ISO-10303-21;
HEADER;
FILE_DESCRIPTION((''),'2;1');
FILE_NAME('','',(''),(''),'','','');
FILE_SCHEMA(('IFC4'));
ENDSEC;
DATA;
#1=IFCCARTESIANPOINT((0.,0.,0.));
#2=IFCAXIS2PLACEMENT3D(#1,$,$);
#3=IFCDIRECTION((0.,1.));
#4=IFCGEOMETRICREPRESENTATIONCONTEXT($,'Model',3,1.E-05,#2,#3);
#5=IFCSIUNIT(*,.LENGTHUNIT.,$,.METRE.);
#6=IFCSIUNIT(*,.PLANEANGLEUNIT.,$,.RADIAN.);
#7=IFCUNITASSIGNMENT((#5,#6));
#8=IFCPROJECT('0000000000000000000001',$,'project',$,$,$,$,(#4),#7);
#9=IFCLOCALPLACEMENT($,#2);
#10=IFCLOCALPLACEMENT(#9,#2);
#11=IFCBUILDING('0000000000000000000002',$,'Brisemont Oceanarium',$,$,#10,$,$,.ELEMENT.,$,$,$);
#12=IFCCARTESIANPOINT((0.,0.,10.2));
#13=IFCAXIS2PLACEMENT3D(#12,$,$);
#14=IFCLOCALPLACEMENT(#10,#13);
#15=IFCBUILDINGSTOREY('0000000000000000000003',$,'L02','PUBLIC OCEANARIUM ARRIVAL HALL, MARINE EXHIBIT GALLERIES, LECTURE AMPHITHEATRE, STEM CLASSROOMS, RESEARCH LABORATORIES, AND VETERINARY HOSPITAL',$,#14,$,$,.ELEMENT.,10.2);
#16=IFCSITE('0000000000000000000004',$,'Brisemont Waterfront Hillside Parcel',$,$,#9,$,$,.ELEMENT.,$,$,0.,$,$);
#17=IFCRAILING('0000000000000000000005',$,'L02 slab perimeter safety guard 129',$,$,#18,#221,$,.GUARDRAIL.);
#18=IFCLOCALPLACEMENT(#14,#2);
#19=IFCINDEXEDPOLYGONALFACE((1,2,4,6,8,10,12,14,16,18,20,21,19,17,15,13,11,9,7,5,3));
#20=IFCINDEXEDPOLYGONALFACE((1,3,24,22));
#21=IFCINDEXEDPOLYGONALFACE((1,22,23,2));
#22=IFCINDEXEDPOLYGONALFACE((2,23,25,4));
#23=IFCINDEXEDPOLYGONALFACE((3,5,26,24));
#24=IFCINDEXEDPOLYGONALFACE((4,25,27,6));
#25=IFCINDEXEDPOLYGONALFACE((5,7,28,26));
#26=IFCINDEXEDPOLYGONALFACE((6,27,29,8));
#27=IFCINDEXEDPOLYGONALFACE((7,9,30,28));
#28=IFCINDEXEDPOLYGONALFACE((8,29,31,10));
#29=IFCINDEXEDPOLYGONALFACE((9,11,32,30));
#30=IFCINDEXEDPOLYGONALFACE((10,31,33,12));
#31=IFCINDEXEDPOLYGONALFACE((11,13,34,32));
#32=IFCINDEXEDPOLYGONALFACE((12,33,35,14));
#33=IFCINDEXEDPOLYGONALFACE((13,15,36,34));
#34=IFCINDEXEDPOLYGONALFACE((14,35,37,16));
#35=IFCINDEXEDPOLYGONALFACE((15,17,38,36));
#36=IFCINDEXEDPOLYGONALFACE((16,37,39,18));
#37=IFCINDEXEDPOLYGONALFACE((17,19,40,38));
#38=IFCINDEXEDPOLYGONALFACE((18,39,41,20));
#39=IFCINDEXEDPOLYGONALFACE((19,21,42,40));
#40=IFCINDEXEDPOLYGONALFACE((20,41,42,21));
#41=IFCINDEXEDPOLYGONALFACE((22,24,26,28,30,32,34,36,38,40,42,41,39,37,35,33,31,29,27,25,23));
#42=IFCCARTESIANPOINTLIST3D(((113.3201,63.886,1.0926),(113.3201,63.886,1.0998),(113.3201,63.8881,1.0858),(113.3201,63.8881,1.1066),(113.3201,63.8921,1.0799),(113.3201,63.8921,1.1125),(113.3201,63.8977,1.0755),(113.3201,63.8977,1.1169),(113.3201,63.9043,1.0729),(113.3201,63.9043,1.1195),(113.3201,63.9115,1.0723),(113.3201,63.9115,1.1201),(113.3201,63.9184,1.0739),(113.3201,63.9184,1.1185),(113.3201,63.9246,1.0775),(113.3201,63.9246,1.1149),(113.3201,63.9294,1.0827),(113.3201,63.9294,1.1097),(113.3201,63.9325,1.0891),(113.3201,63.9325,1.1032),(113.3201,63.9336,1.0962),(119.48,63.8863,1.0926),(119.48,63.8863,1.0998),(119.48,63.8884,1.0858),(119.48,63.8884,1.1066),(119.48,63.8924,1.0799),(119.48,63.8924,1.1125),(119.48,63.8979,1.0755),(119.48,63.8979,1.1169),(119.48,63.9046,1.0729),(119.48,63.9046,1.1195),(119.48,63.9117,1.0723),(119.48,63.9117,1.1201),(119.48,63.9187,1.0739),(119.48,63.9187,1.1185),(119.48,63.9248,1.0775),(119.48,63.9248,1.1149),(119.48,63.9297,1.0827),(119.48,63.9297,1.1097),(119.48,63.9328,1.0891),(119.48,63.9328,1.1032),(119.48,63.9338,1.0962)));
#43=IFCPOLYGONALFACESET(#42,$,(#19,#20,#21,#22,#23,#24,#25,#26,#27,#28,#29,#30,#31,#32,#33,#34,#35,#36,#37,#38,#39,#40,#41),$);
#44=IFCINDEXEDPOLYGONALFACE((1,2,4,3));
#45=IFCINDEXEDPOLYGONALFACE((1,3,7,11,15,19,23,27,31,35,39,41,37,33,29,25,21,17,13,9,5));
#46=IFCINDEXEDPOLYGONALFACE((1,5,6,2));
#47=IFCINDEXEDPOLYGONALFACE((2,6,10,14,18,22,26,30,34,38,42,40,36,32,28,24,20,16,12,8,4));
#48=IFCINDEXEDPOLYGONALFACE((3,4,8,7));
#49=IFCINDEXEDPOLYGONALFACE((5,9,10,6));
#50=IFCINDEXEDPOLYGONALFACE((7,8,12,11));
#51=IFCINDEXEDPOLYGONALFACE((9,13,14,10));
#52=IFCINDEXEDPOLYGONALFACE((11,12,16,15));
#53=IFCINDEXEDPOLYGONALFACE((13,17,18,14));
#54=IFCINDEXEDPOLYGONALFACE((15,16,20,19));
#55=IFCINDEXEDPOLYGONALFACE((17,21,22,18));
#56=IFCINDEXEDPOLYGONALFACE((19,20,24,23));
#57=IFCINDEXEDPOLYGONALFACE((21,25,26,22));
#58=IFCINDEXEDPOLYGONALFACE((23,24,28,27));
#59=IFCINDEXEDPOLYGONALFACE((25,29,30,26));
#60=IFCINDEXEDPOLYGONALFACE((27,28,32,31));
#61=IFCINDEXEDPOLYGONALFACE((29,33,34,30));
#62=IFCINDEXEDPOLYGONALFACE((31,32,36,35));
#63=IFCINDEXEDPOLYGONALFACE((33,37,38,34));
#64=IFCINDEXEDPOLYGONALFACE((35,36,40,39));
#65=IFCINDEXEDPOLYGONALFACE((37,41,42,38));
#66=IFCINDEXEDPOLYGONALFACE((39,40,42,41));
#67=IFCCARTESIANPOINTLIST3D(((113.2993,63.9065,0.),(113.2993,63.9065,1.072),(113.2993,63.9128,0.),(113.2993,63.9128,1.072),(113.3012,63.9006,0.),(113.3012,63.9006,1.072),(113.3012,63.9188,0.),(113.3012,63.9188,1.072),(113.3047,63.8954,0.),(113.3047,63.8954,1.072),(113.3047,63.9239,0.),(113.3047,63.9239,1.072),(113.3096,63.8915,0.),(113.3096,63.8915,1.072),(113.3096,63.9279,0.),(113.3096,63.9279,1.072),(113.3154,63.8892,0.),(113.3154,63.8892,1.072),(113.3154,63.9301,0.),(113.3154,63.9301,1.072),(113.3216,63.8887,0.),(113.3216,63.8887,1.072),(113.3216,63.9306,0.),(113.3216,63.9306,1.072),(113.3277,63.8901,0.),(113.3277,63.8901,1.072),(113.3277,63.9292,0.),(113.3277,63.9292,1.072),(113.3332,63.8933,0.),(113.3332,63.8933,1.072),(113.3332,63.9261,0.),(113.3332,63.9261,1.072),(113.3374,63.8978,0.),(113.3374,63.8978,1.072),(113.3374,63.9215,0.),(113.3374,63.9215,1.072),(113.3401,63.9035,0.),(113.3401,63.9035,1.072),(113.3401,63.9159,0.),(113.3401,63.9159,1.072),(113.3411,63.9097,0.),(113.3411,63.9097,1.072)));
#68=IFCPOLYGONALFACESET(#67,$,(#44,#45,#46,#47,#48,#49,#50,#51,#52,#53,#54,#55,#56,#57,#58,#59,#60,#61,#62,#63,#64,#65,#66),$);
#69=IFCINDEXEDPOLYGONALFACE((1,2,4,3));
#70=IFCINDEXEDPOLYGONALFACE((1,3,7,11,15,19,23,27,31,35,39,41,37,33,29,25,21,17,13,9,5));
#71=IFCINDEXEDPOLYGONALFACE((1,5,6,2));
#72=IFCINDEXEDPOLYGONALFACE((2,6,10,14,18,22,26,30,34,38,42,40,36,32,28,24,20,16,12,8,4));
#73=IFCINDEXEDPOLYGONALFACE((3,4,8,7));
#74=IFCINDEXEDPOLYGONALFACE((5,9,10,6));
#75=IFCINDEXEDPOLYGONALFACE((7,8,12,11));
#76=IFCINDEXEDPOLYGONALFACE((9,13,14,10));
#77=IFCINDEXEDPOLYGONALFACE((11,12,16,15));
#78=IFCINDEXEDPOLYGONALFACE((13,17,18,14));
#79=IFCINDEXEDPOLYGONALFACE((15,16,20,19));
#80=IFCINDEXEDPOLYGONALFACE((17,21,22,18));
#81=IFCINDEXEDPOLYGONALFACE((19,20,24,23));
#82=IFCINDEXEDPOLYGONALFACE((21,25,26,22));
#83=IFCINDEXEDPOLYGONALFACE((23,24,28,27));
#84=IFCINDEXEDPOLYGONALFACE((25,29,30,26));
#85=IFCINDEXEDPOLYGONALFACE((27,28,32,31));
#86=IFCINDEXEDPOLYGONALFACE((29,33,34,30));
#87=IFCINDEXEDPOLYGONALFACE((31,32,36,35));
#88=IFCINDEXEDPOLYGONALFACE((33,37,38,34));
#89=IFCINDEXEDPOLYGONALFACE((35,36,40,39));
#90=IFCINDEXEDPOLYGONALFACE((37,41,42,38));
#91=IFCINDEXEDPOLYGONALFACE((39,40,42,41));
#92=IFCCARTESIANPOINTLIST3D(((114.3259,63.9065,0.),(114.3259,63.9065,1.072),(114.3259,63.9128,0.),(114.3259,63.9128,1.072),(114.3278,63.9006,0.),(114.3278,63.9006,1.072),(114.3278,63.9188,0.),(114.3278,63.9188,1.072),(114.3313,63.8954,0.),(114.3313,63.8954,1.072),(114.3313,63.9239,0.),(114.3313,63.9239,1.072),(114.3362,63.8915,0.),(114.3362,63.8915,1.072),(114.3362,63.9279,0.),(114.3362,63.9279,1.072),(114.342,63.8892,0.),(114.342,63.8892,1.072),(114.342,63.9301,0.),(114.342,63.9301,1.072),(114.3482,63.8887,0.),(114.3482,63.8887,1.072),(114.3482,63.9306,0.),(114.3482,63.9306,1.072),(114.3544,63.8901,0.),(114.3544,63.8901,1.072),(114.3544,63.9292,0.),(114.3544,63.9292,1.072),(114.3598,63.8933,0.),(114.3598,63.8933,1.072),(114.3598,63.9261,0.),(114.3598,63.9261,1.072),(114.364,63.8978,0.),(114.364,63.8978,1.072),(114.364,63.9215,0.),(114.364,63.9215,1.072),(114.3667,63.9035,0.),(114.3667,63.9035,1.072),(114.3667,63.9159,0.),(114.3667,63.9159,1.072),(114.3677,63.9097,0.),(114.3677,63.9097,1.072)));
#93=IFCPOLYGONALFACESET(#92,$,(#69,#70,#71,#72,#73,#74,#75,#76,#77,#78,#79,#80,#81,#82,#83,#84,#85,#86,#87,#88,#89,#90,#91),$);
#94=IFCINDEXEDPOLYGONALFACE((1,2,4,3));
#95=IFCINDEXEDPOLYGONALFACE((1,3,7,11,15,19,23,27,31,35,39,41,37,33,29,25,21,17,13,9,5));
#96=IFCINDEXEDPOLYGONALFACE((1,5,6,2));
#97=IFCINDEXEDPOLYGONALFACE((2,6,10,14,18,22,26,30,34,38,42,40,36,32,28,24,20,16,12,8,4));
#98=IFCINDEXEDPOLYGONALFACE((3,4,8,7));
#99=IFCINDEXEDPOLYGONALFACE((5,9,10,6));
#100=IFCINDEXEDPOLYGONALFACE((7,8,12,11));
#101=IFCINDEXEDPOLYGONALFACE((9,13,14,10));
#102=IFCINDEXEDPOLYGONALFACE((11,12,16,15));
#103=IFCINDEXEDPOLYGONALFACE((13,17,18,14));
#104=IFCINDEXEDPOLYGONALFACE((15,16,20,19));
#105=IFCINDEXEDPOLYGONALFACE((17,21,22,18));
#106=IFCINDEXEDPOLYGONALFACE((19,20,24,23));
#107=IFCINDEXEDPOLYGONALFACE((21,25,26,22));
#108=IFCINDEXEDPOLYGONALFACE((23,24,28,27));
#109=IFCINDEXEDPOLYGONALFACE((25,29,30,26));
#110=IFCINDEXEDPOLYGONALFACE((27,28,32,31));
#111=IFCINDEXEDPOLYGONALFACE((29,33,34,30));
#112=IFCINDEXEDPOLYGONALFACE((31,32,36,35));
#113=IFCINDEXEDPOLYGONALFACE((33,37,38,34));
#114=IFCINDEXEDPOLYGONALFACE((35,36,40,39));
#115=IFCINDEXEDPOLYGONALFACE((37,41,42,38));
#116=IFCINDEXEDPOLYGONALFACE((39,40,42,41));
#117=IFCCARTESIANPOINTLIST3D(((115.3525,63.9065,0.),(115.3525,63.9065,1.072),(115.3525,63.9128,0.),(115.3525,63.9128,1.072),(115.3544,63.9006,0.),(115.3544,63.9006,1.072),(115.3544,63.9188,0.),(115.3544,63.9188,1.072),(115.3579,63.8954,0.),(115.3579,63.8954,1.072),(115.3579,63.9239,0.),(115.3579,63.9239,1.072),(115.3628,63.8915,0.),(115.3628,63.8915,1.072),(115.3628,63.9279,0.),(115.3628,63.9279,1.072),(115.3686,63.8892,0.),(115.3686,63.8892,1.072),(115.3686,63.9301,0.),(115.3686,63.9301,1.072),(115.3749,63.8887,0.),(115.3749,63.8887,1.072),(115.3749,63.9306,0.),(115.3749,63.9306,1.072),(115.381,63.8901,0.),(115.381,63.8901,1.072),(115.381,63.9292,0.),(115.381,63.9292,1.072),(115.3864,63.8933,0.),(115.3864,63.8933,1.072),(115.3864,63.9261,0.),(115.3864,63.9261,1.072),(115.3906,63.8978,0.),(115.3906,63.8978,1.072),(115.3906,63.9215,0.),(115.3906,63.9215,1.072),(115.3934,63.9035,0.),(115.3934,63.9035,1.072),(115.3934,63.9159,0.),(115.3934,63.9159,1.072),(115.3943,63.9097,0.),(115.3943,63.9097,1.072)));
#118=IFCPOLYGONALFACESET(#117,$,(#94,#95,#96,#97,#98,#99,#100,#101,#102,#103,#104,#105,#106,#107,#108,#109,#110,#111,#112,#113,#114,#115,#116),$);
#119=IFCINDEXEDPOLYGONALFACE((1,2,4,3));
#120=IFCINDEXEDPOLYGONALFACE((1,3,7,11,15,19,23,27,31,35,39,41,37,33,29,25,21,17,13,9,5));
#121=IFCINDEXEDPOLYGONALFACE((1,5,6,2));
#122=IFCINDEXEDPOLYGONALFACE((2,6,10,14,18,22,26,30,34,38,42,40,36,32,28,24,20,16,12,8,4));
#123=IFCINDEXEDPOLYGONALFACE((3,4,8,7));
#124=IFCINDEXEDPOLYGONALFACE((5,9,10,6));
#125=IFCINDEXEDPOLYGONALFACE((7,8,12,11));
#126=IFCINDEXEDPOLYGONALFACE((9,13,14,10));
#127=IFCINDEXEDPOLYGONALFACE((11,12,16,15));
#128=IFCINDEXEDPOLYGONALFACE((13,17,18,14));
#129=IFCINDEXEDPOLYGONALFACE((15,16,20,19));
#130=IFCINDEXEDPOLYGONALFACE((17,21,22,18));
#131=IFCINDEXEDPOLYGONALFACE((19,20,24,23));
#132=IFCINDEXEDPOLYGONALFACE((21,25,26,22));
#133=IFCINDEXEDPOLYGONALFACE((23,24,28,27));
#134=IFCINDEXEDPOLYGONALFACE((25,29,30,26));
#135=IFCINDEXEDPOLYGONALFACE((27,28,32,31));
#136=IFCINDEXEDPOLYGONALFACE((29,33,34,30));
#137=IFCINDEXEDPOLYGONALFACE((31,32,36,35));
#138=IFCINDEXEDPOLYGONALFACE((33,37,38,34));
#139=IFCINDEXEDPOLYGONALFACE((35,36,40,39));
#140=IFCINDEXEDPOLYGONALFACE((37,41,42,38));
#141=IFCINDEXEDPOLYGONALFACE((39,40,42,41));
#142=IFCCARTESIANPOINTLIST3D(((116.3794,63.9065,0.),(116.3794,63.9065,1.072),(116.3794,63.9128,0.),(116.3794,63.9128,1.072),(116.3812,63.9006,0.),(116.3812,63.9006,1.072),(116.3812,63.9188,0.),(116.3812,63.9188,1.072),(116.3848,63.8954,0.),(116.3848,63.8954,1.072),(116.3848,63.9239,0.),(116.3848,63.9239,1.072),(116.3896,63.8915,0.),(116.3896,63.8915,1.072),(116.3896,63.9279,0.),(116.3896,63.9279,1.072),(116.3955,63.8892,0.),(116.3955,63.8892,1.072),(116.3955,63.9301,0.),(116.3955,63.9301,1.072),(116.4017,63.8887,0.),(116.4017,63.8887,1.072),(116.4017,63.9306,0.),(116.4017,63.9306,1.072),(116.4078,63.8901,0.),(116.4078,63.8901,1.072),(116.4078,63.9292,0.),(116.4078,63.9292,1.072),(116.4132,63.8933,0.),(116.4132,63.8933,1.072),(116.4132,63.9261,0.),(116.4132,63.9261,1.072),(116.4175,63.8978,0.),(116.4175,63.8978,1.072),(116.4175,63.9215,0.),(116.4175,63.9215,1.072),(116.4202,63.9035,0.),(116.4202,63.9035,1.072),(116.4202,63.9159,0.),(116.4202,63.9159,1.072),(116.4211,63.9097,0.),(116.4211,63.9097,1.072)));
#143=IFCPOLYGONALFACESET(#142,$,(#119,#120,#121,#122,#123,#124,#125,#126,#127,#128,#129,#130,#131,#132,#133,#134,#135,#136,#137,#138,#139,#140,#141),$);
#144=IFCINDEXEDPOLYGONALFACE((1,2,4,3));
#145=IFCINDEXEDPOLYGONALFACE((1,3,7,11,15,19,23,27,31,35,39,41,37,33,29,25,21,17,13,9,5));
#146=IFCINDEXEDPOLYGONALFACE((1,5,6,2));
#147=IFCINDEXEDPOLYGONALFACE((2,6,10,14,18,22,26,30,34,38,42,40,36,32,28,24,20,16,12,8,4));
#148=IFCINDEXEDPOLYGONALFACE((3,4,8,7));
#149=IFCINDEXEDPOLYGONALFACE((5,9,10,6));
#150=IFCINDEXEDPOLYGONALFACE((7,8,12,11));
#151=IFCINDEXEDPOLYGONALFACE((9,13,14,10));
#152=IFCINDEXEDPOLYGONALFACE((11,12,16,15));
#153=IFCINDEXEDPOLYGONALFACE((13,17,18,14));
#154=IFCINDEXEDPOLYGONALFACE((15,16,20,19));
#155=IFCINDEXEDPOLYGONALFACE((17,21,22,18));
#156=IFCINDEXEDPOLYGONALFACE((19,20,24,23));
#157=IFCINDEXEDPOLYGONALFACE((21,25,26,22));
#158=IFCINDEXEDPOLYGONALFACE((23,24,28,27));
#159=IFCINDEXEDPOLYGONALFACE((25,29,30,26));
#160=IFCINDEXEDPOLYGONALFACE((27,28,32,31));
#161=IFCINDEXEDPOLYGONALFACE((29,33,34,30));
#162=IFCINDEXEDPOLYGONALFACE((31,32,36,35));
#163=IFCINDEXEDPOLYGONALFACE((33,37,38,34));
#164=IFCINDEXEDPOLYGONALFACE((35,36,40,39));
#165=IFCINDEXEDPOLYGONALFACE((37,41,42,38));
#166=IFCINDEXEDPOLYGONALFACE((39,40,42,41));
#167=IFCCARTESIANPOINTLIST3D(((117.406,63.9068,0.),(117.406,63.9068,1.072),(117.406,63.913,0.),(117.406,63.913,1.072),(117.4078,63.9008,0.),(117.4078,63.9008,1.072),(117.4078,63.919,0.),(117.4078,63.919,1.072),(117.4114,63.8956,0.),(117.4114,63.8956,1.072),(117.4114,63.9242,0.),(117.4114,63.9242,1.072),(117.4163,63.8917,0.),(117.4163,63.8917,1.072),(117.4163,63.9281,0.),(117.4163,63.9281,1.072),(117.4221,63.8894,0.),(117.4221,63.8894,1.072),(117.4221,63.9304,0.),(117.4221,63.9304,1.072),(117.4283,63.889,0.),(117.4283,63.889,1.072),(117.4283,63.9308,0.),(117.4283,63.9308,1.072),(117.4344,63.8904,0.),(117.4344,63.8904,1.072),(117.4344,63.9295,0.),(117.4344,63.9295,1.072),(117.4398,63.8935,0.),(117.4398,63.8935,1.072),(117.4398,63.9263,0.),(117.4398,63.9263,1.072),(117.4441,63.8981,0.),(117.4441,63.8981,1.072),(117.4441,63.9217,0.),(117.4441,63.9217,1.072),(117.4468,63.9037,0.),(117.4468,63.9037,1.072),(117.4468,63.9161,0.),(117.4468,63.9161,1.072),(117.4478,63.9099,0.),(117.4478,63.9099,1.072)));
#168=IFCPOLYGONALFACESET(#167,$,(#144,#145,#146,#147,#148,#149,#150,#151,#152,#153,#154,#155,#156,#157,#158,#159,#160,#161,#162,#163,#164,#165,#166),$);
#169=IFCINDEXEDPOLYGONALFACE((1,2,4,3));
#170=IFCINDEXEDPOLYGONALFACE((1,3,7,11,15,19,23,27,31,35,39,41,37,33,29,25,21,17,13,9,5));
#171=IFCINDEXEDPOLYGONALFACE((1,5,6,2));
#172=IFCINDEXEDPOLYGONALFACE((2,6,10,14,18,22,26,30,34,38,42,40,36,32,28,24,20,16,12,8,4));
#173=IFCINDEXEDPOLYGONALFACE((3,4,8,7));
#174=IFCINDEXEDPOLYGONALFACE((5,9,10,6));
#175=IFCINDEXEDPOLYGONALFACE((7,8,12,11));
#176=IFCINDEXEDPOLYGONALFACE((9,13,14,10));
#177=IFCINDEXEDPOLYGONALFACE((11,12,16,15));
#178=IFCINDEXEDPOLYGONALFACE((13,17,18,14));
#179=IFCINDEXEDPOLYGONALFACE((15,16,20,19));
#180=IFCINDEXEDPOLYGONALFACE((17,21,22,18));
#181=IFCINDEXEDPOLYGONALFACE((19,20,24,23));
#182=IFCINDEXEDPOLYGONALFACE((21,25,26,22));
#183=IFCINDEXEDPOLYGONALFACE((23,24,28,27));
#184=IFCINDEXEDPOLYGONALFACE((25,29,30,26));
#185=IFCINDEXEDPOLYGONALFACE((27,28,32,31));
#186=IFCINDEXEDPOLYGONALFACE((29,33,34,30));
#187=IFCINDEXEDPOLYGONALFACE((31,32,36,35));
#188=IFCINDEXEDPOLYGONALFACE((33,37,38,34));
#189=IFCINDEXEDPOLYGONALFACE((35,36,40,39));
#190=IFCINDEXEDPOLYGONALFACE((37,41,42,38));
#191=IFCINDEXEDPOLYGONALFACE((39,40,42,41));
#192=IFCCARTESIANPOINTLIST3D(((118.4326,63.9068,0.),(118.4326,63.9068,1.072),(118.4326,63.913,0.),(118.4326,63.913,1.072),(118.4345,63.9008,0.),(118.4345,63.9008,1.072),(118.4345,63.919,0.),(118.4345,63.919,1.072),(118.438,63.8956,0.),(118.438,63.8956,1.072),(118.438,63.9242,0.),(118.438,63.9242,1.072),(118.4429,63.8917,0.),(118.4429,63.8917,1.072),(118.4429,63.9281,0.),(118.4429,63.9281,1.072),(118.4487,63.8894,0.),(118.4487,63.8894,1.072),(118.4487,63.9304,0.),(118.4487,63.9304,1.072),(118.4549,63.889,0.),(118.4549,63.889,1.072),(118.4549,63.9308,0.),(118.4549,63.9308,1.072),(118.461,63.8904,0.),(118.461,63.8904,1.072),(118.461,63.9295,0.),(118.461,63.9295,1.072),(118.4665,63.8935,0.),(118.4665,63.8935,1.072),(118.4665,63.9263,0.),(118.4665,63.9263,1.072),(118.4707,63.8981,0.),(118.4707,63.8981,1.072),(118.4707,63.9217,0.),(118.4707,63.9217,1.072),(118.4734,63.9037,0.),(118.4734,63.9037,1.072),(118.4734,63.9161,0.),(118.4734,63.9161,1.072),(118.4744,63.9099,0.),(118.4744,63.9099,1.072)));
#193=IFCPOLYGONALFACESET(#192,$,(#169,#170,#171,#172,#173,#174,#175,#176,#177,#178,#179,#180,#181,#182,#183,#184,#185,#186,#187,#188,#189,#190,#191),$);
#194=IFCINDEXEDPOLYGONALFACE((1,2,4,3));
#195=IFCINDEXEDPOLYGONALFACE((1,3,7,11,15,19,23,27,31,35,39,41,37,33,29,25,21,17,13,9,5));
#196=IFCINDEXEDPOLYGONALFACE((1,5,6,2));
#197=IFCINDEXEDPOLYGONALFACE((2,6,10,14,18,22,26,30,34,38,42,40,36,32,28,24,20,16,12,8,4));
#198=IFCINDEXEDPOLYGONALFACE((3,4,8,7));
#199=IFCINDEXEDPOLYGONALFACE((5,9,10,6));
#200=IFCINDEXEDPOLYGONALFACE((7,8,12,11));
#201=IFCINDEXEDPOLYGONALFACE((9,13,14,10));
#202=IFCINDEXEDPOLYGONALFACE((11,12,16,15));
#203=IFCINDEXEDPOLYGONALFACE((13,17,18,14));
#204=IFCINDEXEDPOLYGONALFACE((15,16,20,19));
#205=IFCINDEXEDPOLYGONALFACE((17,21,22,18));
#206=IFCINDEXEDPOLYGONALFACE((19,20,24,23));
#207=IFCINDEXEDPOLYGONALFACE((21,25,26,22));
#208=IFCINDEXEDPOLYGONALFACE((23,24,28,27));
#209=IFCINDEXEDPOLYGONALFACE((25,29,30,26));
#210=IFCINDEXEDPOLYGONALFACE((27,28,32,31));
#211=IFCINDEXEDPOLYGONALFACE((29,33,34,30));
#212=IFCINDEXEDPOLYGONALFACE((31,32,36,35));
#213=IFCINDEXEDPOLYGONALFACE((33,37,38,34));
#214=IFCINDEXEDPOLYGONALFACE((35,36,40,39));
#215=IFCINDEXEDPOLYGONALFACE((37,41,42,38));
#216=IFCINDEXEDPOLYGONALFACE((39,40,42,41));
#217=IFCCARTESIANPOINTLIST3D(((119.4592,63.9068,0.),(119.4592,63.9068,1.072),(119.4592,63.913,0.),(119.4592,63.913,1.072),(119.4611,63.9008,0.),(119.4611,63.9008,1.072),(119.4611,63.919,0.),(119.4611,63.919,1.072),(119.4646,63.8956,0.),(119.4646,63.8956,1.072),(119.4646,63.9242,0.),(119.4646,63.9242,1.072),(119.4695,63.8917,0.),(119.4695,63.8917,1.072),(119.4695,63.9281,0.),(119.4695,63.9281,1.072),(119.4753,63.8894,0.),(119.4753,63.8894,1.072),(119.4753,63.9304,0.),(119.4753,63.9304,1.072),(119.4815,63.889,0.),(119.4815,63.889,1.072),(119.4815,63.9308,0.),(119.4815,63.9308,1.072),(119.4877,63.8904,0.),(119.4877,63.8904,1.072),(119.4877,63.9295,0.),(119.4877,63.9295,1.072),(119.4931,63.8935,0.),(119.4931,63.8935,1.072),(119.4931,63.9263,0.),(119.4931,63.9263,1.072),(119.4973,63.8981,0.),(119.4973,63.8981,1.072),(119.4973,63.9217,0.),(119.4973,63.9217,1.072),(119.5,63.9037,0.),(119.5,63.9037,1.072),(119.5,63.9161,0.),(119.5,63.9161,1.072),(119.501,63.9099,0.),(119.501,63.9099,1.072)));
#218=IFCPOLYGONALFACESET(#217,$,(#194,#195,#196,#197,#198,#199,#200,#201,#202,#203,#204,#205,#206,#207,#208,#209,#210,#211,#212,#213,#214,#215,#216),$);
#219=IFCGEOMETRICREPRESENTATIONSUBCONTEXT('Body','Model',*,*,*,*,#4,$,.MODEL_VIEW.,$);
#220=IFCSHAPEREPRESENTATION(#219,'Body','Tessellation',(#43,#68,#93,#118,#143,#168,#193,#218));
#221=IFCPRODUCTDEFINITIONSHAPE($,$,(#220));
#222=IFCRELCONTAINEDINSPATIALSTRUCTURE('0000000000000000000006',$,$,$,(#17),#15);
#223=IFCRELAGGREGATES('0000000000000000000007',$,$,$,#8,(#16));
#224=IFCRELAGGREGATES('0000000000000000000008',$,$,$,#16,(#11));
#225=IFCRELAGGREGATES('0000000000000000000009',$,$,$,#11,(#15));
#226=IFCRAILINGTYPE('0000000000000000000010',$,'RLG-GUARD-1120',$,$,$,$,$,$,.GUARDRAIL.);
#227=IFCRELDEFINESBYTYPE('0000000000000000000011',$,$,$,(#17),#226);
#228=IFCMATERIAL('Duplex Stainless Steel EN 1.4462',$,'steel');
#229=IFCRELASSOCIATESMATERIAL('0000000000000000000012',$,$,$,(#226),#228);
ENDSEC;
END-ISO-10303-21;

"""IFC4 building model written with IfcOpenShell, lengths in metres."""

from ifc_helpers import new_model, si_unit, direction, frame, origin, origin_2d, place, context, subcontext, project, spatial, circle, extrude, material, type_object, element, save


model = new_model("IFC4")

# Units and contexts
model_context = context("Model", 3, precision=1e-05, world=origin(), true_north=direction((0.0, 1.0)))
body_context = subcontext(model_context, "Body", "Model", "MODEL_VIEW")
ifc_project = project(units=[si_unit("LENGTHUNIT", "METRE"), si_unit("PLANEANGLEUNIT", "RADIAN")], contexts=[model_context])

# Site, building, storey
site_placement = place(None, origin())
site = spatial("IfcSite", under=ifc_project, at=site_placement, Name="Brisemont Waterfront Hillside Parcel", CompositionType="ELEMENT", RefElevation=0.0)
building_placement = place(site_placement, origin())
building = spatial("IfcBuilding", under=site, at=building_placement, Name="Brisemont Oceanarium", CompositionType="ELEMENT")
storey_placement = place(building_placement, frame((0.0, 0.0, 10.2)))
storey = spatial("IfcBuildingStorey", under=building, at=storey_placement, Name="L02", Description="PUBLIC OCEANARIUM ARRIVAL HALL, MARINE EXHIBIT GALLERIES, LECTURE AMPHITHEATRE, STEM CLASSROOMS, RESEARCH LABORATORIES, AND VETERINARY HOSPITAL", CompositionType="ELEMENT", Elevation=10.2)

# Railing
ifc_material_1 = material(Name="Duplex Stainless Steel EN 1.4462", Category="steel")
railing_type = type_object("IfcRailingType", Name="RLG-GUARD-1120", PredefinedType="GUARDRAIL", material=ifc_material_1)
railing_1_placement = place(storey_placement, frame((113.3201, 63.9097, 0.0)))
element("IfcRailing", 1, at=railing_1_placement, inside=storey, type_object=railing_type, Name="L02 slab perimeter safety guard 129", PredefinedType="GUARDRAIL", context=body_context, shape_type="SweptSolid", body=[
    extrude(circle(Radius=0.0239, at=origin_2d()), frame((0.0, 0.0, 1.0962), z_axis=(1.0, 0.00004, 0.0), x_axis=(-0.00004, 1.0, 0.0)), (0.0, 0.0, 1.0), 6.1599),
    extrude(circle(Radius=0.021, at=origin_2d()), origin(), (0.0, 0.0, 1.0), 1.072),
    extrude(circle(Radius=0.021, at=origin_2d()), frame((1.0266, 0.0, 0.0)), (0.0, 0.0, 1.0), 1.072),
    extrude(circle(Radius=0.021, at=origin_2d()), frame((2.0532, 0.0, 0.0)), (0.0, 0.0, 1.0), 1.072),
    extrude(circle(Radius=0.021, at=origin_2d()), frame((3.0801, 0.0, 0.0)), (0.0, 0.0, 1.0), 1.072),
    extrude(circle(Radius=0.021, at=origin_2d()), frame((4.1067, 0.0002, 0.0)), (0.0, 0.0, 1.0), 1.072),
    extrude(circle(Radius=0.021, at=origin_2d()), frame((5.1333, 0.0002, 0.0)), (0.0, 0.0, 1.0), 1.072),
    extrude(circle(Radius=0.021, at=origin_2d()), frame((6.1599, 0.0002, 0.0)), (0.0, 0.0, 1.0), 1.072),
])

save(model, "model.ifc")
